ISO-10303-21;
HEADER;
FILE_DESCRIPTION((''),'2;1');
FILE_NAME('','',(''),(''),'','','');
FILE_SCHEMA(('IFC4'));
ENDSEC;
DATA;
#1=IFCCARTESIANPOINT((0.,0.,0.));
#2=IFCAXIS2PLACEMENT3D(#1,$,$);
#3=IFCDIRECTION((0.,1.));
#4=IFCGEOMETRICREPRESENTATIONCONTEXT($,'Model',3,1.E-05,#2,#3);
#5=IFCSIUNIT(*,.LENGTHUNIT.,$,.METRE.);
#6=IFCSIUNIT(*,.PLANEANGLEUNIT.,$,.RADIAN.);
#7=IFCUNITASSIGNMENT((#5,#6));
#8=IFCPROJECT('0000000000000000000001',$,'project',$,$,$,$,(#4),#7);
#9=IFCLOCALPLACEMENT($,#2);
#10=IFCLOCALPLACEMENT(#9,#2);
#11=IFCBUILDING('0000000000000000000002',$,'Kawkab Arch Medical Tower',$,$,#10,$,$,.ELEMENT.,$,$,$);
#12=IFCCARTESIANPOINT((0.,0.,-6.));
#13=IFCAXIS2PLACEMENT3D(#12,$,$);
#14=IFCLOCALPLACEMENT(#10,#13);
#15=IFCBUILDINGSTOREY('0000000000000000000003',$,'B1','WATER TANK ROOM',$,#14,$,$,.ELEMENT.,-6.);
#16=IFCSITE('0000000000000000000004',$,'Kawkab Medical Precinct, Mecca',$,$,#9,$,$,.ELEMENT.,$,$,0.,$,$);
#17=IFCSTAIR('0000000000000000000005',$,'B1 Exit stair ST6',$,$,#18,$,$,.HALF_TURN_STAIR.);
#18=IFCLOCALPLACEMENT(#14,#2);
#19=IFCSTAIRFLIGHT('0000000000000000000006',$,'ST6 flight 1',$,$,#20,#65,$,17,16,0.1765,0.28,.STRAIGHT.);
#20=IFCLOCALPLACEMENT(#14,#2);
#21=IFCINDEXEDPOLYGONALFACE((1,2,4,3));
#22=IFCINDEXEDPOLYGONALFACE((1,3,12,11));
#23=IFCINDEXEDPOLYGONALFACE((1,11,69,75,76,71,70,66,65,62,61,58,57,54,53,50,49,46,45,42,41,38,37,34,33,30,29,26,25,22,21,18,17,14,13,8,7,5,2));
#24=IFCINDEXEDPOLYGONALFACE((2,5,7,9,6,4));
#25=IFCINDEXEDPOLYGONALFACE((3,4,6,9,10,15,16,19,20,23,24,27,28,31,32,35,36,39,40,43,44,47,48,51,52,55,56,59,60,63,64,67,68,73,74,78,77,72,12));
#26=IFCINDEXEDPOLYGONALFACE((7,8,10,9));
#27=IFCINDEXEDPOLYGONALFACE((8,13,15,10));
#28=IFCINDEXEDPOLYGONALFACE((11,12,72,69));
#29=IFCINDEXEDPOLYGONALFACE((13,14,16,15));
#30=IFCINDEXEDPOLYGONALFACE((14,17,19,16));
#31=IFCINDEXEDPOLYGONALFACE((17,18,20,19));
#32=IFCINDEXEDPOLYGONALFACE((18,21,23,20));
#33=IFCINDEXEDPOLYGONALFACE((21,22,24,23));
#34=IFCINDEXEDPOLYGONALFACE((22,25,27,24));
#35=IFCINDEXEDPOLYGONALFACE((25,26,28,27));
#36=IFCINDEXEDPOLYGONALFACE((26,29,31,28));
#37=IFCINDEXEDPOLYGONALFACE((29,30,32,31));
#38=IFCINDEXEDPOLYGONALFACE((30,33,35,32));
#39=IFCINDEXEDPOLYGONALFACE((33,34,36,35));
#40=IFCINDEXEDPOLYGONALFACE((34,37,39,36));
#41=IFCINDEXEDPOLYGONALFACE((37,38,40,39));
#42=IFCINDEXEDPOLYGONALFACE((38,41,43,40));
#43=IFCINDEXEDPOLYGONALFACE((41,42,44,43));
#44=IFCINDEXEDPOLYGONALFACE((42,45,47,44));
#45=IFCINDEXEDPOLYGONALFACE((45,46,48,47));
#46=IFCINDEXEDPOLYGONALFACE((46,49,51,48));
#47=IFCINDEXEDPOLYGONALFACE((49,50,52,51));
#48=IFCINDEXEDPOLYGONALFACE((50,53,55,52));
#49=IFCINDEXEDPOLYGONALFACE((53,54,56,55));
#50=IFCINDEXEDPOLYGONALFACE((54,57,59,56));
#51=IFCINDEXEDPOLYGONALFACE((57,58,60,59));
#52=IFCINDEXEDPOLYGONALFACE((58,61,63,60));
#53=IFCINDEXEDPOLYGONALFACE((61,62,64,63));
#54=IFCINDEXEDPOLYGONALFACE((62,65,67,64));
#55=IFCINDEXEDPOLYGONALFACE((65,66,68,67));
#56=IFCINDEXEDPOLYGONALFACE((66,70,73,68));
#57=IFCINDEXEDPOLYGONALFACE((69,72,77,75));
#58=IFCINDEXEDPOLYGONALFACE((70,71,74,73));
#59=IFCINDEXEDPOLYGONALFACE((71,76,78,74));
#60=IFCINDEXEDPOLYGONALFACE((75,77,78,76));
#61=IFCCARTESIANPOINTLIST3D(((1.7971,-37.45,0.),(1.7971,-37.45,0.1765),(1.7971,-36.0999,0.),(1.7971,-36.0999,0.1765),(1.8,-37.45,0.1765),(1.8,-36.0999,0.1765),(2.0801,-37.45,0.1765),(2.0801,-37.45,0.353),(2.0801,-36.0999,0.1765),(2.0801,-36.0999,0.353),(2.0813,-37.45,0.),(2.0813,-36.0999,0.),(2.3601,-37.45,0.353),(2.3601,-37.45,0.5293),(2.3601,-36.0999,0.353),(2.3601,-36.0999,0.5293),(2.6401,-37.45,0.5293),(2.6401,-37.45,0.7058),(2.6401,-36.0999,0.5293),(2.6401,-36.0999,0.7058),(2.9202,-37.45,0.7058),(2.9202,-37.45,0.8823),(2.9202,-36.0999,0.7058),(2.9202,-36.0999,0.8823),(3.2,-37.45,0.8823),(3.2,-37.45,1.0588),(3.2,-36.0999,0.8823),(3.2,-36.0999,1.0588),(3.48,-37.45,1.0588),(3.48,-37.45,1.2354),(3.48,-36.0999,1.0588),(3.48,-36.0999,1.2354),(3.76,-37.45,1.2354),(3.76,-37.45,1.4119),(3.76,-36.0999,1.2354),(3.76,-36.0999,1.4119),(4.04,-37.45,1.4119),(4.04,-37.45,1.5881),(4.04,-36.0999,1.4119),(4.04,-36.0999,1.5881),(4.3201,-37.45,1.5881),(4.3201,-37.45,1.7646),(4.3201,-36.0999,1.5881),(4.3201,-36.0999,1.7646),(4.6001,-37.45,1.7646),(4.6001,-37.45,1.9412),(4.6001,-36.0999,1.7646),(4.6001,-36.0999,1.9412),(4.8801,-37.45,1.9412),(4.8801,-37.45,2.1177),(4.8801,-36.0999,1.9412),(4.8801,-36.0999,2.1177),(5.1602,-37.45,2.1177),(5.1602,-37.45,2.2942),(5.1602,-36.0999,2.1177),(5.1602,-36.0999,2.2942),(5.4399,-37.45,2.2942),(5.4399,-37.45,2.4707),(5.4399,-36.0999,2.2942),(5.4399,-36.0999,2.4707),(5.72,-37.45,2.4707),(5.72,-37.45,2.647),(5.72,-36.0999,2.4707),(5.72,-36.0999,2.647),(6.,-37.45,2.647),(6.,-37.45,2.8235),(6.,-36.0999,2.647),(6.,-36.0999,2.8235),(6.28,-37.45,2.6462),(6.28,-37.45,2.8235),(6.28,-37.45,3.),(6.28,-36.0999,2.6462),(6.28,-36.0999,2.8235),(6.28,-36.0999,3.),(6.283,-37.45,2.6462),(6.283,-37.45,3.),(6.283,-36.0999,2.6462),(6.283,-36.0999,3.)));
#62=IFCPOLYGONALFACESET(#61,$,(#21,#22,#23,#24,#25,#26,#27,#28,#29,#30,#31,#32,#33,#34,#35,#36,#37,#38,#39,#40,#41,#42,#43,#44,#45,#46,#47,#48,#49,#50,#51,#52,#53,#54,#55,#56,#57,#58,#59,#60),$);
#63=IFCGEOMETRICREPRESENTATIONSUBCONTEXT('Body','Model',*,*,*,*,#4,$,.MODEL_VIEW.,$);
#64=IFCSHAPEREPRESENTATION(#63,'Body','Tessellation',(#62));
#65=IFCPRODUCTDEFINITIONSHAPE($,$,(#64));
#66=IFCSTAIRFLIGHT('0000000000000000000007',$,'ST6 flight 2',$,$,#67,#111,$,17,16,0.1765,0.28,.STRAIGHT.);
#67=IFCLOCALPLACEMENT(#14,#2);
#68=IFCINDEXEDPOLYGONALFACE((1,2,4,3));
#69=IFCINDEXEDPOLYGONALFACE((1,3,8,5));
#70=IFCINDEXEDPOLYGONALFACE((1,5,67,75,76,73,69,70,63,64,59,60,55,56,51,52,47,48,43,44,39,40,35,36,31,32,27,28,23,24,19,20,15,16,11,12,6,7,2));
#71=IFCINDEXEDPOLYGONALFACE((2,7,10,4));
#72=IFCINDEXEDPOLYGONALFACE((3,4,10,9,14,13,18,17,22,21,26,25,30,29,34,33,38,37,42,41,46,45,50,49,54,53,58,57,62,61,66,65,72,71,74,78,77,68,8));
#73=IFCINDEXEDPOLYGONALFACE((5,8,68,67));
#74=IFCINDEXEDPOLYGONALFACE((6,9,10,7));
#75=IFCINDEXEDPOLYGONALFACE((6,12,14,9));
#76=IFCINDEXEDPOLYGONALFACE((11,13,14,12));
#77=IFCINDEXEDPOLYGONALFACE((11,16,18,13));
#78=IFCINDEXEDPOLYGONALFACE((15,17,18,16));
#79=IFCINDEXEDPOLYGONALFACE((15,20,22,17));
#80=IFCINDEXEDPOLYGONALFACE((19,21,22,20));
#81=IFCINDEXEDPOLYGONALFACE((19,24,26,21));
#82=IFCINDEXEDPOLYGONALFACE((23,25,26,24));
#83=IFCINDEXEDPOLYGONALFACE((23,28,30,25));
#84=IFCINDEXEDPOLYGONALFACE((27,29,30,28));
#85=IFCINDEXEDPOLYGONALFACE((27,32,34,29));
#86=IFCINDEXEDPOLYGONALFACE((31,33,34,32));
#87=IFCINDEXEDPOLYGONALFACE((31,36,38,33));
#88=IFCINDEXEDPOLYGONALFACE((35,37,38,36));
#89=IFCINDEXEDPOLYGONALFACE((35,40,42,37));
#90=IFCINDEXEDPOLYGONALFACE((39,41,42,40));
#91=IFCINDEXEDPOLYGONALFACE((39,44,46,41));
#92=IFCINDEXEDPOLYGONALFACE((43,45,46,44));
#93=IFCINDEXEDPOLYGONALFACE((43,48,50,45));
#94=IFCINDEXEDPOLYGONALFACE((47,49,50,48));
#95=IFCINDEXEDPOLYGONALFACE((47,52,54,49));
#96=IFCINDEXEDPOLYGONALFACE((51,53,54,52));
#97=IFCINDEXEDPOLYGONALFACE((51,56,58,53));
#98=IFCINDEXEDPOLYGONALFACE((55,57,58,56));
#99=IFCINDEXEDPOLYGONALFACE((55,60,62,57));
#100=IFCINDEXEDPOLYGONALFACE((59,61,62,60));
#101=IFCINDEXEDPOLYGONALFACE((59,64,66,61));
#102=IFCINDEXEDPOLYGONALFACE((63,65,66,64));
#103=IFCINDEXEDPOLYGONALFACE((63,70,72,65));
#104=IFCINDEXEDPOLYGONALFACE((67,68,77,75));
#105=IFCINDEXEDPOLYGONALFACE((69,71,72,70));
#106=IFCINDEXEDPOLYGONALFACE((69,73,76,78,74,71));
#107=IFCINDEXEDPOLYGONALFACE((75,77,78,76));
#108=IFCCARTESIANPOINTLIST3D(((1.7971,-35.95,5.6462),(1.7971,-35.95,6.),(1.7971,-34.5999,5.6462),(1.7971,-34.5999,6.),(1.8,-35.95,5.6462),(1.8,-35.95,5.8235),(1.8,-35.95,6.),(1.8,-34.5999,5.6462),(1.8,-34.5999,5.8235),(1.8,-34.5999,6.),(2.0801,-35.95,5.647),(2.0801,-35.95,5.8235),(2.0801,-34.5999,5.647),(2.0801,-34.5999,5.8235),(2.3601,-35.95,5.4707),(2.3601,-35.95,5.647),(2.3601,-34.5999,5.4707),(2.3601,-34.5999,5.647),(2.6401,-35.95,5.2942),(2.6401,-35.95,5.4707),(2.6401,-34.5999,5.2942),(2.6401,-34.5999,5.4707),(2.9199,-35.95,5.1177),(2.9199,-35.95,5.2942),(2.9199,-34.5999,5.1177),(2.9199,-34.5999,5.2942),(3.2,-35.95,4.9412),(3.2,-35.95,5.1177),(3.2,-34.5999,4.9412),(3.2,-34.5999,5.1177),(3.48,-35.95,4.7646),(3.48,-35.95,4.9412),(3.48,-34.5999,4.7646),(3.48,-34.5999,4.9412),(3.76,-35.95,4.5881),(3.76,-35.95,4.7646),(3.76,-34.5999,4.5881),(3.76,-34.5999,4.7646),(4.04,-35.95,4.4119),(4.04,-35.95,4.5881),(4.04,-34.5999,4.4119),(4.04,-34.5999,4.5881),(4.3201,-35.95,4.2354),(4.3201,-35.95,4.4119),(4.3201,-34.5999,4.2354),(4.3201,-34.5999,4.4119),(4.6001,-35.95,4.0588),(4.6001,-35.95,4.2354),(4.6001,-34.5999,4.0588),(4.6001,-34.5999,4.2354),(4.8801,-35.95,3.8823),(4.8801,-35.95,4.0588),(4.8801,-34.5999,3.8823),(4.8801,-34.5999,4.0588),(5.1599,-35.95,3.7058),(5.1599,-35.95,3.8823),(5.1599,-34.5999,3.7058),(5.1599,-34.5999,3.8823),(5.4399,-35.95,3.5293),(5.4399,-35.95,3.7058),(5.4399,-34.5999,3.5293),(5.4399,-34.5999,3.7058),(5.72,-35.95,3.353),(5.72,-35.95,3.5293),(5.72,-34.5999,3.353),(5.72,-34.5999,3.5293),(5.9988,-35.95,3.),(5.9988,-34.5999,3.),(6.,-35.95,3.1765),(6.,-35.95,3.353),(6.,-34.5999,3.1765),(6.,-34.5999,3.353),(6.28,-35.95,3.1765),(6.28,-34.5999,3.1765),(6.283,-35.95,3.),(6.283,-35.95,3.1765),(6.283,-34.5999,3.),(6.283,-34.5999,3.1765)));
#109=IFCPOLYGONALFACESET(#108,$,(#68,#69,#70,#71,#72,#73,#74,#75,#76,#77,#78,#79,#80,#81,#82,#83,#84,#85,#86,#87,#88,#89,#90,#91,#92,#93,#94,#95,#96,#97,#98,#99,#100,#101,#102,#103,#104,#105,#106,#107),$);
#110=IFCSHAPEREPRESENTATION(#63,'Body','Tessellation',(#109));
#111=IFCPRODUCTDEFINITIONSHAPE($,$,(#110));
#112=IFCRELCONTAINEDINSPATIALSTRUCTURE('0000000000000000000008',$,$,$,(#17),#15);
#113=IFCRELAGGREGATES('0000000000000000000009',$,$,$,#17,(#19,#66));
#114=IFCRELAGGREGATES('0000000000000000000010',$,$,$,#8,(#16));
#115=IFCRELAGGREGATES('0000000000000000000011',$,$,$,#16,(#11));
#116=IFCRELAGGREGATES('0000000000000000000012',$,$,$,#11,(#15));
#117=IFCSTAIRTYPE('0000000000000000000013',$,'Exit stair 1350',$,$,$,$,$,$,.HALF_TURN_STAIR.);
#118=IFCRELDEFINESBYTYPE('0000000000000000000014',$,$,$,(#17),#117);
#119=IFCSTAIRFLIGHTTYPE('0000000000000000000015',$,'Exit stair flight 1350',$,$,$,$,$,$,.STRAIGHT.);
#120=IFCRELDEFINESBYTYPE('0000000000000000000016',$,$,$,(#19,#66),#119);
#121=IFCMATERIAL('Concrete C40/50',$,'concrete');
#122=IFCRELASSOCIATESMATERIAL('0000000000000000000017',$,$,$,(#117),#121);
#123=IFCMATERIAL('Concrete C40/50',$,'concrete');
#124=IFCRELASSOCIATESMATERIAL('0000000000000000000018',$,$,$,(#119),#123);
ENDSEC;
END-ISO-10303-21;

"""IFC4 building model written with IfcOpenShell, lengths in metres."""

from ifc_helpers import new_model, si_unit, direction, frame, origin, place, context, subcontext, project, spatial, polyline, outline, extrude, material, type_object, element, aggregate, save


model = new_model("IFC4")

# Units and contexts
model_context = context("Model", 3, precision=1e-05, world=origin(), true_north=direction((0.0, 1.0)))
body_context = subcontext(model_context, "Body", "Model", "MODEL_VIEW")
ifc_project = project(units=[si_unit("LENGTHUNIT", "METRE"), si_unit("PLANEANGLEUNIT", "RADIAN")], contexts=[model_context])

# Site, building, storey
site_placement = place(None, origin())
site = spatial("IfcSite", under=ifc_project, at=site_placement, Name="Kawkab Medical Precinct, Mecca", CompositionType="ELEMENT", RefElevation=0.0)
building_placement = place(site_placement, origin())
building = spatial("IfcBuilding", under=site, at=building_placement, Name="Kawkab Arch Medical Tower", CompositionType="ELEMENT")
storey_placement = place(building_placement, frame((0.0, 0.0, -6.0)))
storey = spatial("IfcBuildingStorey", under=building, at=storey_placement, Name="B1", Description="WATER TANK ROOM", CompositionType="ELEMENT", Elevation=-6.0)

# Stair, stair flights
ifc_material_1 = material(Name="Concrete C40/50", Category="concrete")
stair_type = type_object("IfcStairType", Name="Exit stair 1350", PredefinedType="HALF_TURN_STAIR", material=ifc_material_1)
stair_placement = place(storey_placement, origin())
stair = element("IfcStair", 1, at=stair_placement, inside=storey, type_object=stair_type, Name="B1 Exit stair ST6", PredefinedType="HALF_TURN_STAIR")
ifc_material_2 = material(Name="Concrete C40/50", Category="concrete")
stair_flight_type = type_object("IfcStairFlightType", Name="Exit stair flight 1350", PredefinedType="STRAIGHT", material=ifc_material_2)
stair_flight_1_placement = place(storey_placement, frame((1.8, -36.7749, 0.0), z_axis=(0.0, 0.0, 1.0), x_axis=(1.0, 0.0, 0.0)))
stair_flight_1 = element("IfcStairFlight", 2, at=stair_flight_1_placement, type_object=stair_flight_type, Name="ST6 flight 1", NumberOfRisers=17, NumberOfTreads=16, PredefinedType="STRAIGHT", RiserHeight=0.1765, TreadLength=0.28, context=body_context, shape_type="SweptSolid", body=[
    extrude(outline(polyline([(-0.0029, 0.0), (-0.0029, 0.1765), (0.0, 0.1765), (0.28, 0.1765), (0.28, 0.353), (0.5601, 0.353), (0.5601, 0.5293), (0.8401, 0.5293), (0.8401, 0.7058), (1.1201, 0.7058), (1.1201, 0.8823), (1.3999, 0.8823), (1.3999, 1.0588), (1.6799, 1.0588), (1.6799, 1.2354), (1.96, 1.2354), (1.96, 1.4119), (2.24, 1.4119), (2.24, 1.5881), (2.52, 1.5881), (2.52, 1.7646), (2.8, 1.7646), (2.8, 1.9412), (3.0801, 1.9412), (3.0801, 2.1177), (3.3601, 2.1177), (3.3601, 2.2942), (3.6399, 2.2942), (3.6399, 2.4707), (3.9199, 2.4707), (3.9199, 2.647), (4.2, 2.647), (4.2, 2.8235), (4.48, 2.8235), (4.48, 3.0), (4.4829, 3.0), (4.4829, 2.6462), (4.48, 2.6462), (0.2812, 0.0), (-0.0029, 0.0)])), frame((0.0, 0.675, 0.0), z_axis=(0.0, -1.0, 0.0), x_axis=(1.0, 0.0, 0.0)), (0.0, 0.0, 1.0), 1.3501),
])
stair_flight_2_placement = place(storey_placement, frame((6.28, -35.2749, 3.0), z_axis=(0.0, 0.0, 1.0), x_axis=(-1.0, 0.0, 0.0)))
stair_flight_2 = element("IfcStairFlight", 3, at=stair_flight_2_placement, type_object=stair_flight_type, Name="ST6 flight 2", NumberOfRisers=17, NumberOfTreads=16, PredefinedType="STRAIGHT", RiserHeight=0.1765, TreadLength=0.28, context=body_context, shape_type="SweptSolid", body=[
    extrude(outline(polyline([(-0.0029, 0.0), (-0.0029, 0.1765), (0.0, 0.1765), (0.28, 0.1765), (0.28, 0.353), (0.5601, 0.353), (0.5601, 0.5293), (0.8401, 0.5293), (0.8401, 0.7058), (1.1201, 0.7058), (1.1201, 0.8823), (1.3999, 0.8823), (1.3999, 1.0588), (1.6799, 1.0588), (1.6799, 1.2354), (1.96, 1.2354), (1.96, 1.4119), (2.24, 1.4119), (2.24, 1.5881), (2.52, 1.5881), (2.52, 1.7646), (2.8, 1.7646), (2.8, 1.9412), (3.0801, 1.9412), (3.0801, 2.1177), (3.3601, 2.1177), (3.3601, 2.2942), (3.6399, 2.2942), (3.6399, 2.4707), (3.9199, 2.4707), (3.9199, 2.647), (4.2, 2.647), (4.2, 2.8235), (4.48, 2.8235), (4.48, 3.0), (4.4829, 3.0), (4.4829, 2.6462), (4.48, 2.6462), (0.2812, 0.0), (-0.0029, 0.0)])), frame((0.0, 0.675, 0.0), z_axis=(0.0, -1.0, 0.0), x_axis=(1.0, 0.0, 0.0)), (0.0, 0.0, 1.0), 1.3501),
])
aggregate(stair, [stair_flight_1, stair_flight_2])

save(model, "model.ifc")
